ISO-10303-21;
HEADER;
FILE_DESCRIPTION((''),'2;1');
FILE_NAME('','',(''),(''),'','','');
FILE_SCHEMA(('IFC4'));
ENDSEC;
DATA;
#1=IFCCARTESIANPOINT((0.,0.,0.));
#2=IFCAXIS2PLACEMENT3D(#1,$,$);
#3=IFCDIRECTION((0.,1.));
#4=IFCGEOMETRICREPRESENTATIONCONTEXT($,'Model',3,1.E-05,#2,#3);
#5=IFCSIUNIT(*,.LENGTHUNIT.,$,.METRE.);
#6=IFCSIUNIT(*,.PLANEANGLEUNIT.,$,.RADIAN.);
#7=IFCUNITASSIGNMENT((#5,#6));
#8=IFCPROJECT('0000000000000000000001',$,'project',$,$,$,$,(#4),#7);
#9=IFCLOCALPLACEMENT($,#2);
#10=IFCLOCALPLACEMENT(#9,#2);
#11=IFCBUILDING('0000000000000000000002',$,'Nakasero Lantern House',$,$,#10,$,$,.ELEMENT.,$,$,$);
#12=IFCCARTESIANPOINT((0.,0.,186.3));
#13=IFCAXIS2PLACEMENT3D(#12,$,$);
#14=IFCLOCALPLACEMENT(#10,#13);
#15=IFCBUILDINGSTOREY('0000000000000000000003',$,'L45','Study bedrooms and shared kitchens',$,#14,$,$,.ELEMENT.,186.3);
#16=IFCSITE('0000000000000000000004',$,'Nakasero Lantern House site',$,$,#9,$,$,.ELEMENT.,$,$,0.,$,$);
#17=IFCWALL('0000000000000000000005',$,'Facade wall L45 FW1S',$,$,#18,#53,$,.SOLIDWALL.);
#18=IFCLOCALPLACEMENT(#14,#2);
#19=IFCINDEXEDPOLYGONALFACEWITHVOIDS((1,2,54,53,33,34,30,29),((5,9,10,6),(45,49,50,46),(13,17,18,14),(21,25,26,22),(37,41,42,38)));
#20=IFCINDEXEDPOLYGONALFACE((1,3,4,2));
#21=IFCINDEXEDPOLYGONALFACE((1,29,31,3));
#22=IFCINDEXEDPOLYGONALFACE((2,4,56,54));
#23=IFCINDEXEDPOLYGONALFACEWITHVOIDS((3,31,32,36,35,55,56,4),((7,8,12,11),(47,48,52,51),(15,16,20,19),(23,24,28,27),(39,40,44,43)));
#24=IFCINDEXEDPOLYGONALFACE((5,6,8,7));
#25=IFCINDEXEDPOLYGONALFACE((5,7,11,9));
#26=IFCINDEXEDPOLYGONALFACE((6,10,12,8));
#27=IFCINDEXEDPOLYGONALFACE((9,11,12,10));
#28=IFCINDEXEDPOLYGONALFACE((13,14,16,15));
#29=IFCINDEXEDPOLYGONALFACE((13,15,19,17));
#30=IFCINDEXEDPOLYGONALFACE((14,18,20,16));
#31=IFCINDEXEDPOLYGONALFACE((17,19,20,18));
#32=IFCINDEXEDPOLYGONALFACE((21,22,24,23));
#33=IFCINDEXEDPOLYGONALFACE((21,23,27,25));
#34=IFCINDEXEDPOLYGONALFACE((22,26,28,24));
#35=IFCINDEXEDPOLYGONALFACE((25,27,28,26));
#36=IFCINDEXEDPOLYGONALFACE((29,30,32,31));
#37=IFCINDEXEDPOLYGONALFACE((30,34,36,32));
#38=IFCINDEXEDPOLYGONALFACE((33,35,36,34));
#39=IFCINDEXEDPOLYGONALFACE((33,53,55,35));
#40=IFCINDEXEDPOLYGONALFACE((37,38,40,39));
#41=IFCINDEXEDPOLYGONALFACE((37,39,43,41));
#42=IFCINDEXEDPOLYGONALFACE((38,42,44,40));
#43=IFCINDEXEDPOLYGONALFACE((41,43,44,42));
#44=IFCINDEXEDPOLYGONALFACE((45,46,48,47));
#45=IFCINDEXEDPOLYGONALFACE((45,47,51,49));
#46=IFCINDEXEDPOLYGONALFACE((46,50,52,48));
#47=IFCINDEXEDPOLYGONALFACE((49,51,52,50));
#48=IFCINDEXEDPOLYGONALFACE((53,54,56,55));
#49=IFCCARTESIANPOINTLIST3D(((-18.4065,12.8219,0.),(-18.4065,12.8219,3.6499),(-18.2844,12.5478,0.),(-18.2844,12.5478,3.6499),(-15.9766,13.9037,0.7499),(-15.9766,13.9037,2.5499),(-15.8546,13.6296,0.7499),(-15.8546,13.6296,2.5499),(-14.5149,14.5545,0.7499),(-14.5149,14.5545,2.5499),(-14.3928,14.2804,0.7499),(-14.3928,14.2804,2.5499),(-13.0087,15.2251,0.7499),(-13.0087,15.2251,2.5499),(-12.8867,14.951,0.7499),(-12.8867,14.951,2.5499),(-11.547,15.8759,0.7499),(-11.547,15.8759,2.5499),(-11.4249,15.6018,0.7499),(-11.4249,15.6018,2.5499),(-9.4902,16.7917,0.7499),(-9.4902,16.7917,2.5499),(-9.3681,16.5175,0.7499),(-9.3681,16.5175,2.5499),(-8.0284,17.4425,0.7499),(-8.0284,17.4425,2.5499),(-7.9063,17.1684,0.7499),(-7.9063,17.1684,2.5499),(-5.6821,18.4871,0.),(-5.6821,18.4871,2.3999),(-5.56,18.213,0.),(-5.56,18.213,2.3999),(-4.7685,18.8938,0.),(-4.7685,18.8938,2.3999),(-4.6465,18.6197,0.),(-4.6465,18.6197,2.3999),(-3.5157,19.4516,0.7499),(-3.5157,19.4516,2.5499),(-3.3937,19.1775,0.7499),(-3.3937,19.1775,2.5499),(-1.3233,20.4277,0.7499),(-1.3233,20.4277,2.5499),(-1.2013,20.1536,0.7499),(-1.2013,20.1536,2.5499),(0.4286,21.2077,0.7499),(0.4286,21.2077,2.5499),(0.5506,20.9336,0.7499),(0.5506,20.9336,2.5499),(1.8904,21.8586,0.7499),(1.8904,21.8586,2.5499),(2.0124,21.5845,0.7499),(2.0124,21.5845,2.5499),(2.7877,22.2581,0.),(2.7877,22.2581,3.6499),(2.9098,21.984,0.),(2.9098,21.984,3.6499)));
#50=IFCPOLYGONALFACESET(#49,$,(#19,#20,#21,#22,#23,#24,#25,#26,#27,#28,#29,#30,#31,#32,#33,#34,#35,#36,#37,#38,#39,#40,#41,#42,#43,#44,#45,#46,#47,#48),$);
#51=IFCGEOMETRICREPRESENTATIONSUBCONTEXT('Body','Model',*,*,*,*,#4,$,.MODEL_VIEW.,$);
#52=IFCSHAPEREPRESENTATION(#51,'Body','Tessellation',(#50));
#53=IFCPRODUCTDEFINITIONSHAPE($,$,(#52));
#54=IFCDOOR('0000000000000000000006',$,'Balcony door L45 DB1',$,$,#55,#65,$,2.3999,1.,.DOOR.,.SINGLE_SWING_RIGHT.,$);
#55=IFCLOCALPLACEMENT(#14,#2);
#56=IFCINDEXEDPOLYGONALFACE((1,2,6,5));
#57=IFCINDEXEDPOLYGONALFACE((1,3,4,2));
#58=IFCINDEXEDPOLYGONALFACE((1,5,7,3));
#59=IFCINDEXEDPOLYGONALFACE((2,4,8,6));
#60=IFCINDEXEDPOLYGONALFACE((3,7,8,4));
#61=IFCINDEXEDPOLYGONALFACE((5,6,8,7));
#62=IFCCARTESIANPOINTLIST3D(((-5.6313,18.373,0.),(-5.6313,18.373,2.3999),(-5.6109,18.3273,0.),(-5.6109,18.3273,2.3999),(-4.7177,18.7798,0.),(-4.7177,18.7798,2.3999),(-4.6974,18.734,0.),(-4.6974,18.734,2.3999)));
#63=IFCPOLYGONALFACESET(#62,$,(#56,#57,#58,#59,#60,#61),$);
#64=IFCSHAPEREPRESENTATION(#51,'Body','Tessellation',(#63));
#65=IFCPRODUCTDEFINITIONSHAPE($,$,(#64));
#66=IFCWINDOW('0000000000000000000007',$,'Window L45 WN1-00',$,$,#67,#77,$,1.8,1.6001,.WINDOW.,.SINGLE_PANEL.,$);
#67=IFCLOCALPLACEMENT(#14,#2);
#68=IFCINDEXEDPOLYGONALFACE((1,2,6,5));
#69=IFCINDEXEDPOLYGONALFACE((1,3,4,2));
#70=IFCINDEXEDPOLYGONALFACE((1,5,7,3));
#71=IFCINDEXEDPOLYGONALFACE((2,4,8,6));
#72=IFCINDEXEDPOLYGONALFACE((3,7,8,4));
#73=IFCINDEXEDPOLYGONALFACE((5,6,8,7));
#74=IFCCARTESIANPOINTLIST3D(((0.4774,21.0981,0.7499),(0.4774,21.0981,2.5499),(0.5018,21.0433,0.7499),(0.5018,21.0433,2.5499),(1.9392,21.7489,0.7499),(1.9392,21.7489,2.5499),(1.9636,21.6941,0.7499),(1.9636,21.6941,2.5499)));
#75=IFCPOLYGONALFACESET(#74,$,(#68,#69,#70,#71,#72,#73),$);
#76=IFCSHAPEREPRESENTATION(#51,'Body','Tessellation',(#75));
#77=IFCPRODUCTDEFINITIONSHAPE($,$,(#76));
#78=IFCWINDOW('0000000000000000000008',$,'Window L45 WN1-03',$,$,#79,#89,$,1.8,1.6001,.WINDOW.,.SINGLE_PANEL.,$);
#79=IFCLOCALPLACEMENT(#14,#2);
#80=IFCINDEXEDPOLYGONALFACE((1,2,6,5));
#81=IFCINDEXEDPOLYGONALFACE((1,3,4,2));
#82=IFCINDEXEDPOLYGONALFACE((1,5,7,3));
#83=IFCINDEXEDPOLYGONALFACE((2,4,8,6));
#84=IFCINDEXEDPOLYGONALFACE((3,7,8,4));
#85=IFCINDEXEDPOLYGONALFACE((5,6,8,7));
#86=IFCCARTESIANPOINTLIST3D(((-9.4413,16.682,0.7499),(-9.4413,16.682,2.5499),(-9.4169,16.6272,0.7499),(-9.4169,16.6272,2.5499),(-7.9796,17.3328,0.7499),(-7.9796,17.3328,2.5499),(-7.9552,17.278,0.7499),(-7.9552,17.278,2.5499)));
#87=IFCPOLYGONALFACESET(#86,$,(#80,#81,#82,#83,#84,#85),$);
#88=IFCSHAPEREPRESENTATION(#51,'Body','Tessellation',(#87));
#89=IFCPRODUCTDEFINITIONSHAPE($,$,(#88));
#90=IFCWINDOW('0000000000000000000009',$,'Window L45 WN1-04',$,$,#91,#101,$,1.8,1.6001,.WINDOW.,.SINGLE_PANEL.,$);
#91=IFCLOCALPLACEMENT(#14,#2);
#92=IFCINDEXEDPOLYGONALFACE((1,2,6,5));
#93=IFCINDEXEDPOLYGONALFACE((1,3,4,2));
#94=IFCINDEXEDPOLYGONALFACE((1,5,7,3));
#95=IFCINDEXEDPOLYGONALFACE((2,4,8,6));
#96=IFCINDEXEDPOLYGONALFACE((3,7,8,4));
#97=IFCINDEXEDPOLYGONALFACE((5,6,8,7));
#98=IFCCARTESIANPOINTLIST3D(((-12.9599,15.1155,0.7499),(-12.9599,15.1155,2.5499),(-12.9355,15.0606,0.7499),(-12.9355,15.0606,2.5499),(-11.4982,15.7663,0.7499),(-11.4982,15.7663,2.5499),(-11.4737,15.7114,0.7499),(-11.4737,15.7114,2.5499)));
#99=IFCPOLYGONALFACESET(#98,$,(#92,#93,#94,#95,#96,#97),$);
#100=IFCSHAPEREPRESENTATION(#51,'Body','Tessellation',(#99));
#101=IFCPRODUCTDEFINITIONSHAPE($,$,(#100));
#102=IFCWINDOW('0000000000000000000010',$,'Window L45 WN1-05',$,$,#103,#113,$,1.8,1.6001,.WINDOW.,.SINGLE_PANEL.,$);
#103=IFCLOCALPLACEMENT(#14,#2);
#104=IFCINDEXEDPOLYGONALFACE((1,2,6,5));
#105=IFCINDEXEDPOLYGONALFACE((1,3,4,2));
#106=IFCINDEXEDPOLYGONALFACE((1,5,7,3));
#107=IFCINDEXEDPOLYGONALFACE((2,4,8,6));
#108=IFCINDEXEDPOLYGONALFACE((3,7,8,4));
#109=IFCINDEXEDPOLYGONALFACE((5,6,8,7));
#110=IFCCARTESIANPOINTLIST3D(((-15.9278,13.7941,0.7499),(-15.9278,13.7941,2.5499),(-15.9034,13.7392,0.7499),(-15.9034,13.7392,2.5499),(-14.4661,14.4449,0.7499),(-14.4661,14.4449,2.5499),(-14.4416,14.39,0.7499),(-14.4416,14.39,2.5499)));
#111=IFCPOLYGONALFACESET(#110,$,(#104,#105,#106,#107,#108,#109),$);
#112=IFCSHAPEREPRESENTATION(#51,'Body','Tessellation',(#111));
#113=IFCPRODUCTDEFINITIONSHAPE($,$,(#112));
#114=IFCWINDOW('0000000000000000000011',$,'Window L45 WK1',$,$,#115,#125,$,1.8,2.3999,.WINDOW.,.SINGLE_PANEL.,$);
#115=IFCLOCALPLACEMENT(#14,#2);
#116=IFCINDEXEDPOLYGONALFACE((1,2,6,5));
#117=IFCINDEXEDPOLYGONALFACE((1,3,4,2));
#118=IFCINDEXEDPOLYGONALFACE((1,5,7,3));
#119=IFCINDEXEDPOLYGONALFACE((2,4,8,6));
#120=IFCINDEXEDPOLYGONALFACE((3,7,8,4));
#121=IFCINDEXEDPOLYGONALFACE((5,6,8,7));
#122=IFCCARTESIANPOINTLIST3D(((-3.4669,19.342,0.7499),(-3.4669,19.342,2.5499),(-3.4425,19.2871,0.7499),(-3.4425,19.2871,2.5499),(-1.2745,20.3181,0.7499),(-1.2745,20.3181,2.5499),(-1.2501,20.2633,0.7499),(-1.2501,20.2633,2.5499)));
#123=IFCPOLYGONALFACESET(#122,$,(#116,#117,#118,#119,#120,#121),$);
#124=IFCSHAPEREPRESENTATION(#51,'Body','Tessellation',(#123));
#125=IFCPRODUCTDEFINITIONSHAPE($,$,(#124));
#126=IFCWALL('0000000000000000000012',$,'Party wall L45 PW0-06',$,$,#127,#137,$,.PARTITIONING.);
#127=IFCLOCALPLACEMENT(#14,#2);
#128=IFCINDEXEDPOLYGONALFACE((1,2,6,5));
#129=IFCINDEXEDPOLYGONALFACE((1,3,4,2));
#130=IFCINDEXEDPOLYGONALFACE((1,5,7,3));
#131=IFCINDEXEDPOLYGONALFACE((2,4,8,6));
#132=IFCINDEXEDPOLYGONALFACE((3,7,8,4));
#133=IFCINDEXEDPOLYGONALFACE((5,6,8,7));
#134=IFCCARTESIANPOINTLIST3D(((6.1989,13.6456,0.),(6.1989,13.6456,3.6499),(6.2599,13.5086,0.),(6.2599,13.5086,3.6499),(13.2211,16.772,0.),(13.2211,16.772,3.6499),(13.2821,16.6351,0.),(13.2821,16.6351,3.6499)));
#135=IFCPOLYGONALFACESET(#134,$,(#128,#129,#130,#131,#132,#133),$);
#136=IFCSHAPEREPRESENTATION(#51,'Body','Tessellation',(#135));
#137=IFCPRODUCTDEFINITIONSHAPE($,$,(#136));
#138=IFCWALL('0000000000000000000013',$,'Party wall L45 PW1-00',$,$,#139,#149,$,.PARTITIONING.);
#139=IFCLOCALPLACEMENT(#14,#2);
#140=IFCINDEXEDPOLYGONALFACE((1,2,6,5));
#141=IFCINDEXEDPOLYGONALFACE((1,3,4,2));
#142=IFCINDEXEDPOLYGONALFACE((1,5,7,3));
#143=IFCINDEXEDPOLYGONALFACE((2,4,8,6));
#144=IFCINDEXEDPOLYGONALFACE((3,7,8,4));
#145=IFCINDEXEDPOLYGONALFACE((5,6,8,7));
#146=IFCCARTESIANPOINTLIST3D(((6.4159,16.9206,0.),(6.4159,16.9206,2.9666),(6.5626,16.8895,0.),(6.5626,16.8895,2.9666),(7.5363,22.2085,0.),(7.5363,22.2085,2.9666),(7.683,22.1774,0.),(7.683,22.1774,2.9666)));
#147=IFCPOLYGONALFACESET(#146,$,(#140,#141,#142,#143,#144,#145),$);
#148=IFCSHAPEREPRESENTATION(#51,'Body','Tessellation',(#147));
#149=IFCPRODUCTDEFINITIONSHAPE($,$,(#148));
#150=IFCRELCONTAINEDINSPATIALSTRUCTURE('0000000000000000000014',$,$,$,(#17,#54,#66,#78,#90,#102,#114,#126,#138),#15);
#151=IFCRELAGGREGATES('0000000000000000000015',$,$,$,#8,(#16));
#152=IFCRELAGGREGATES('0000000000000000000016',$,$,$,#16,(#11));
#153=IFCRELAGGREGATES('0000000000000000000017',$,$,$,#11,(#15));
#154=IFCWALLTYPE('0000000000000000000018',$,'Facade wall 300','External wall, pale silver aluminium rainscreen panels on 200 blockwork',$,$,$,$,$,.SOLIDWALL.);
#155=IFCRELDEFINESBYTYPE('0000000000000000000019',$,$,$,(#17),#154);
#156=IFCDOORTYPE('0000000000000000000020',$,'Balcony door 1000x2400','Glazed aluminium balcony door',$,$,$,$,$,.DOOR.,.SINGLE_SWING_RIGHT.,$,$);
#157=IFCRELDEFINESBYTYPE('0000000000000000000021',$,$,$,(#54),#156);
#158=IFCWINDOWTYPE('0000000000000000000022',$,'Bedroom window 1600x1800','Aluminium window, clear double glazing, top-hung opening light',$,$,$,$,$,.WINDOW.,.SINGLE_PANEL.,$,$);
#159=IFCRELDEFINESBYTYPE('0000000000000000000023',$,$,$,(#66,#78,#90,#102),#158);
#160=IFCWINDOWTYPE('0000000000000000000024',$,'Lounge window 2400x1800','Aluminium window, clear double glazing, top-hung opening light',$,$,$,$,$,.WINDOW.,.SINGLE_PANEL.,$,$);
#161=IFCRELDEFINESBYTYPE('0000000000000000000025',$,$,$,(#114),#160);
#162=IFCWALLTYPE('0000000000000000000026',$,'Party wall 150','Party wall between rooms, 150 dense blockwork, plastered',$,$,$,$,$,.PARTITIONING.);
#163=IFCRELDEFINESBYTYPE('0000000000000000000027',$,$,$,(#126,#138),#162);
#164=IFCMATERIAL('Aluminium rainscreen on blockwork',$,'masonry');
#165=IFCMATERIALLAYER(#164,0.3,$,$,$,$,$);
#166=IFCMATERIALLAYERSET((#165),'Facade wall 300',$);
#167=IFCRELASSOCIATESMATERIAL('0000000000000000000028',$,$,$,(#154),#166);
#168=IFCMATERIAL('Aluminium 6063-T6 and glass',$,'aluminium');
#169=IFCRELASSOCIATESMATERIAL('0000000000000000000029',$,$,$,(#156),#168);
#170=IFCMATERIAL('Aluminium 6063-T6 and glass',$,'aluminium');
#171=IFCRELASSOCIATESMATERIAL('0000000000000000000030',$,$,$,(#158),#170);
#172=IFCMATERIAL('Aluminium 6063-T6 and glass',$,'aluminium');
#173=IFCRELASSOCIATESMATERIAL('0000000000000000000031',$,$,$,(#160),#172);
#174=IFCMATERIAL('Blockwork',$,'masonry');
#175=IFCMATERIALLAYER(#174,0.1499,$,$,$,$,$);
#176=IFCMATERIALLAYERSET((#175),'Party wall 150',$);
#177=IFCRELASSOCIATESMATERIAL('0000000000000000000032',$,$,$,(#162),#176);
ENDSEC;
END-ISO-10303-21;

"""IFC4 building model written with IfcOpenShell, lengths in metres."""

from ifc_helpers import new_model, si_unit, direction, frame, frame_2d, origin, place, context, subcontext, project, spatial, rectangle, extrude, material, layer, layer_set, type_object, element, fill, save


model = new_model("IFC4")

# Units and contexts
model_context = context("Model", 3, precision=1e-05, world=origin(), true_north=direction((0.0, 1.0)))
body_context = subcontext(model_context, "Body", "Model", "MODEL_VIEW")
ifc_project = project(units=[si_unit("LENGTHUNIT", "METRE"), si_unit("PLANEANGLEUNIT", "RADIAN")], contexts=[model_context])

# Site, building, storey
site_placement = place(None, origin())
site = spatial("IfcSite", under=ifc_project, at=site_placement, Name="Nakasero Lantern House site", CompositionType="ELEMENT", RefElevation=0.0)
building_placement = place(site_placement, origin())
building = spatial("IfcBuilding", under=site, at=building_placement, Name="Nakasero Lantern House", CompositionType="ELEMENT")
storey_placement = place(building_placement, frame((0.0, 0.0, 186.3)))
storey = spatial("IfcBuildingStorey", under=building, at=storey_placement, Name="L45", Description="Study bedrooms and shared kitchens", CompositionType="ELEMENT", Elevation=186.3)

# Shared definitions
ifc_material_1 = material(Name="Aluminium rainscreen on blockwork", Category="masonry")
ifc_layer_1 = layer(ifc_material_1, 0.3)
ifc_layer_set_1 = layer_set([ifc_layer_1], Name="Facade wall 300")
wall_type_1 = type_object("IfcWallType", Name="Facade wall 300", Description="External wall, pale silver aluminium rainscreen panels on 200 blockwork", PredefinedType="SOLIDWALL", material=ifc_layer_set_1)

# Wall, openings, door, windows
wall_1_placement = place(storey_placement, frame((2.8489, 22.1211, 0.0), z_axis=(0.0, 0.0, 1.0), x_axis=(-0.913546, -0.406735, 0.0)))
wall_1 = element("IfcWall", 1, at=wall_1_placement, inside=storey, type_object=wall_type_1, Name="Facade wall L45 FW1S", PredefinedType="SOLIDWALL", context=body_context, shape_type="SweptSolid", body=[
    extrude(rectangle(XDim=23.2, YDim=0.3, at=frame_2d((11.6001, 0.0))), origin(), (0.0, 0.0, 1.0), 3.6499),
])
opening_1_placement = place(wall_1_placement, frame((0.9824, 0.0, 0.75)))
opening_1 = element("IfcOpeningElement", 2, at=opening_1_placement, cuts=wall_1, PredefinedType="OPENING", context=body_context, shape_type="SweptSolid", body=[
    extrude(rectangle(XDim=1.6001, YDim=1.8, at=frame_2d((0.8, 0.8999))), frame((0.0, 0.1699, 0.0), z_axis=(0.0, -1.0, 0.0), x_axis=(1.0, 0.0, 0.0)), (0.0, 0.0, 1.0), 0.3401),
])
opening_2_placement = place(wall_1_placement, frame((11.8398, 0.0, 0.75)))
opening_2 = element("IfcOpeningElement", 3, at=opening_2_placement, cuts=wall_1, PredefinedType="OPENING", context=body_context, shape_type="SweptSolid", body=[
    extrude(rectangle(XDim=1.6001, YDim=1.8, at=frame_2d((0.8, 0.8999))), frame((0.0, 0.1699, 0.0), z_axis=(0.0, -1.0, 0.0), x_axis=(1.0, 0.0, 0.0)), (0.0, 0.0, 1.0), 0.3401),
])
opening_3_placement = place(wall_1_placement, frame((15.6914, 0.0, 0.75)))
opening_3 = element("IfcOpeningElement", 4, at=opening_3_placement, cuts=wall_1, PredefinedType="OPENING", context=body_context, shape_type="SweptSolid", body=[
    extrude(rectangle(XDim=1.6001, YDim=1.8, at=frame_2d((0.8, 0.8999))), frame((0.0, 0.1699, 0.0), z_axis=(0.0, -1.0, 0.0), x_axis=(1.0, 0.0, 0.0)), (0.0, 0.0, 1.0), 0.3401),
])
opening_4_placement = place(wall_1_placement, frame((18.9402, 0.0, 0.75)))
opening_4 = element("IfcOpeningElement", 5, at=opening_4_placement, cuts=wall_1, PredefinedType="OPENING", context=body_context, shape_type="SweptSolid", body=[
    extrude(rectangle(XDim=1.6001, YDim=1.8, at=frame_2d((0.8, 0.8999))), frame((0.0, 0.1699, 0.0), z_axis=(0.0, -1.0, 0.0), x_axis=(1.0, 0.0, 0.0)), (0.0, 0.0, 1.0), 0.3401),
])
opening_5_placement = place(wall_1_placement, frame((4.5002, 0.0, 0.75)))
opening_5 = element("IfcOpeningElement", 6, at=opening_5_placement, cuts=wall_1, PredefinedType="OPENING", context=body_context, shape_type="SweptSolid", body=[
    extrude(rectangle(XDim=2.3999, YDim=1.8, at=frame_2d((1.2, 0.8999))), frame((0.0, 0.1699, 0.0), z_axis=(0.0, -1.0, 0.0), x_axis=(1.0, 0.0, 0.0)), (0.0, 0.0, 1.0), 0.3401),
])
opening_6_placement = place(wall_1_placement, frame((8.2715, 0.0, 0.0)))
opening_6 = element("IfcOpeningElement", 7, at=opening_6_placement, cuts=wall_1, PredefinedType="OPENING", context=body_context, shape_type="SweptSolid", body=[
    extrude(rectangle(XDim=1.0, YDim=2.3999, at=frame_2d((0.5, 1.2))), frame((0.0, 0.1699, 0.0), z_axis=(0.0, -1.0, 0.0), x_axis=(1.0, 0.0, 0.0)), (0.0, 0.0, 1.0), 0.3401),
])
ifc_material_2 = material(Name="Aluminium 6063-T6 and glass", Category="aluminium")
door_type_1 = type_object("IfcDoorType", Name="Balcony door 1000x2400", Description="Glazed aluminium balcony door", OperationType="SINGLE_SWING_RIGHT", PredefinedType="DOOR", material=ifc_material_2)
door_1_placement = place(opening_6_placement, origin())
door_1 = element("IfcDoor", 8, at=door_1_placement, inside=storey, type_object=door_type_1, Name="Balcony door L45 DB1", OperationType="SINGLE_SWING_RIGHT", OverallHeight=2.3999, OverallWidth=1.0, PredefinedType="DOOR", context=body_context, shape_type="SweptSolid", body=[
    extrude(rectangle(XDim=1.0, YDim=2.3999, at=frame_2d((0.5, 1.2))), frame((0.0, 0.0249, 0.0), z_axis=(0.0, -1.0, 0.0), x_axis=(1.0, 0.0, 0.0)), (0.0, 0.0, 1.0), 0.05),
])
fill(opening_6, door_1)
ifc_material_3 = material(Name="Aluminium 6063-T6 and glass", Category="aluminium")
window_type_1 = type_object("IfcWindowType", Name="Bedroom window 1600x1800", Description="Aluminium window, clear double glazing, top-hung opening light", PartitioningType="SINGLE_PANEL", PredefinedType="WINDOW", material=ifc_material_3)
window_1_placement = place(opening_1_placement, origin())
window_1 = element("IfcWindow", 9, at=window_1_placement, inside=storey, type_object=window_type_1, Name="Window L45 WN1-00", OverallHeight=1.8, OverallWidth=1.6001, PartitioningType="SINGLE_PANEL", PredefinedType="WINDOW", context=body_context, shape_type="SweptSolid", body=[
    extrude(rectangle(XDim=1.6001, YDim=1.8, at=frame_2d((0.8, 0.8999))), frame((0.0, 0.03, 0.0), z_axis=(0.0, -1.0, 0.0), x_axis=(1.0, 0.0, 0.0)), (0.0, 0.0, 1.0), 0.0601),
])
fill(opening_1, window_1)
window_2_placement = place(opening_2_placement, origin())
window_2 = element("IfcWindow", 10, at=window_2_placement, inside=storey, type_object=window_type_1, Name="Window L45 WN1-03", OverallHeight=1.8, OverallWidth=1.6001, PartitioningType="SINGLE_PANEL", PredefinedType="WINDOW", context=body_context, shape_type="SweptSolid", body=[
    extrude(rectangle(XDim=1.6001, YDim=1.8, at=frame_2d((0.8, 0.8999))), frame((0.0, 0.03, 0.0), z_axis=(0.0, -1.0, 0.0), x_axis=(1.0, 0.0, 0.0)), (0.0, 0.0, 1.0), 0.0601),
])
fill(opening_2, window_2)
window_3_placement = place(opening_3_placement, origin())
window_3 = element("IfcWindow", 11, at=window_3_placement, inside=storey, type_object=window_type_1, Name="Window L45 WN1-04", OverallHeight=1.8, OverallWidth=1.6001, PartitioningType="SINGLE_PANEL", PredefinedType="WINDOW", context=body_context, shape_type="SweptSolid", body=[
    extrude(rectangle(XDim=1.6001, YDim=1.8, at=frame_2d((0.8, 0.8999))), frame((0.0, 0.03, 0.0), z_axis=(0.0, -1.0, 0.0), x_axis=(1.0, 0.0, 0.0)), (0.0, 0.0, 1.0), 0.0601),
])
fill(opening_3, window_3)
window_4_placement = place(opening_4_placement, origin())
window_4 = element("IfcWindow", 12, at=window_4_placement, inside=storey, type_object=window_type_1, Name="Window L45 WN1-05", OverallHeight=1.8, OverallWidth=1.6001, PartitioningType="SINGLE_PANEL", PredefinedType="WINDOW", context=body_context, shape_type="SweptSolid", body=[
    extrude(rectangle(XDim=1.6001, YDim=1.8, at=frame_2d((0.8, 0.8999))), frame((0.0, 0.03, 0.0), z_axis=(0.0, -1.0, 0.0), x_axis=(1.0, 0.0, 0.0)), (0.0, 0.0, 1.0), 0.0601),
])
fill(opening_4, window_4)
ifc_material_4 = material(Name="Aluminium 6063-T6 and glass", Category="aluminium")
window_type_2 = type_object("IfcWindowType", Name="Lounge window 2400x1800", Description="Aluminium window, clear double glazing, top-hung opening light", PartitioningType="SINGLE_PANEL", PredefinedType="WINDOW", material=ifc_material_4)
window_5_placement = place(opening_5_placement, origin())
window_5 = element("IfcWindow", 13, at=window_5_placement, inside=storey, type_object=window_type_2, Name="Window L45 WK1", OverallHeight=1.8, OverallWidth=2.3999, PartitioningType="SINGLE_PANEL", PredefinedType="WINDOW", context=body_context, shape_type="SweptSolid", body=[
    extrude(rectangle(XDim=2.3999, YDim=1.8, at=frame_2d((1.2, 0.8999))), frame((0.0, 0.03, 0.0), z_axis=(0.0, -1.0, 0.0), x_axis=(1.0, 0.0, 0.0)), (0.0, 0.0, 1.0), 0.0601),
])
fill(opening_5, window_5)

# Walls
ifc_material_5 = material(Name="Blockwork", Category="masonry")
ifc_layer_2 = layer(ifc_material_5, 0.1499)
ifc_layer_set_2 = layer_set([ifc_layer_2], Name="Party wall 150")
wall_type_2 = type_object("IfcWallType", Name="Party wall 150", Description="Party wall between rooms, 150 dense blockwork, plastered", PredefinedType="PARTITIONING", material=ifc_layer_set_2)
wall_2_placement = place(storey_placement, frame((6.2295, 13.5771, 0.0), z_axis=(0.0, 0.0, 1.0), x_axis=(0.913547, 0.406734, 0.0)))
element("IfcWall", 14, at=wall_2_placement, inside=storey, type_object=wall_type_2, Name="Party wall L45 PW0-06", PredefinedType="PARTITIONING", context=body_context, shape_type="SweptSolid", body=[
    extrude(rectangle(XDim=7.6868, YDim=0.1499, at=frame_2d((3.8433, 0.0))), origin(), (0.0, 0.0, 1.0), 3.6499),
])
wall_3_placement = place(storey_placement, frame((6.4893, 16.905, 0.0), z_axis=(0.0, 0.0, 1.0), x_axis=(0.207274, 0.978283, 0.0)))
element("IfcWall", 15, at=wall_3_placement, inside=storey, type_object=wall_type_2, Name="Party wall L45 PW1-00", PredefinedType="PARTITIONING", context=body_context, shape_type="SweptSolid", body=[
    extrude(rectangle(XDim=5.4053, YDim=0.1499, at=frame_2d((2.7026, 0.0))), origin(), (0.0, 0.0, 1.0), 2.9666),
])

save(model, "model.ifc")
